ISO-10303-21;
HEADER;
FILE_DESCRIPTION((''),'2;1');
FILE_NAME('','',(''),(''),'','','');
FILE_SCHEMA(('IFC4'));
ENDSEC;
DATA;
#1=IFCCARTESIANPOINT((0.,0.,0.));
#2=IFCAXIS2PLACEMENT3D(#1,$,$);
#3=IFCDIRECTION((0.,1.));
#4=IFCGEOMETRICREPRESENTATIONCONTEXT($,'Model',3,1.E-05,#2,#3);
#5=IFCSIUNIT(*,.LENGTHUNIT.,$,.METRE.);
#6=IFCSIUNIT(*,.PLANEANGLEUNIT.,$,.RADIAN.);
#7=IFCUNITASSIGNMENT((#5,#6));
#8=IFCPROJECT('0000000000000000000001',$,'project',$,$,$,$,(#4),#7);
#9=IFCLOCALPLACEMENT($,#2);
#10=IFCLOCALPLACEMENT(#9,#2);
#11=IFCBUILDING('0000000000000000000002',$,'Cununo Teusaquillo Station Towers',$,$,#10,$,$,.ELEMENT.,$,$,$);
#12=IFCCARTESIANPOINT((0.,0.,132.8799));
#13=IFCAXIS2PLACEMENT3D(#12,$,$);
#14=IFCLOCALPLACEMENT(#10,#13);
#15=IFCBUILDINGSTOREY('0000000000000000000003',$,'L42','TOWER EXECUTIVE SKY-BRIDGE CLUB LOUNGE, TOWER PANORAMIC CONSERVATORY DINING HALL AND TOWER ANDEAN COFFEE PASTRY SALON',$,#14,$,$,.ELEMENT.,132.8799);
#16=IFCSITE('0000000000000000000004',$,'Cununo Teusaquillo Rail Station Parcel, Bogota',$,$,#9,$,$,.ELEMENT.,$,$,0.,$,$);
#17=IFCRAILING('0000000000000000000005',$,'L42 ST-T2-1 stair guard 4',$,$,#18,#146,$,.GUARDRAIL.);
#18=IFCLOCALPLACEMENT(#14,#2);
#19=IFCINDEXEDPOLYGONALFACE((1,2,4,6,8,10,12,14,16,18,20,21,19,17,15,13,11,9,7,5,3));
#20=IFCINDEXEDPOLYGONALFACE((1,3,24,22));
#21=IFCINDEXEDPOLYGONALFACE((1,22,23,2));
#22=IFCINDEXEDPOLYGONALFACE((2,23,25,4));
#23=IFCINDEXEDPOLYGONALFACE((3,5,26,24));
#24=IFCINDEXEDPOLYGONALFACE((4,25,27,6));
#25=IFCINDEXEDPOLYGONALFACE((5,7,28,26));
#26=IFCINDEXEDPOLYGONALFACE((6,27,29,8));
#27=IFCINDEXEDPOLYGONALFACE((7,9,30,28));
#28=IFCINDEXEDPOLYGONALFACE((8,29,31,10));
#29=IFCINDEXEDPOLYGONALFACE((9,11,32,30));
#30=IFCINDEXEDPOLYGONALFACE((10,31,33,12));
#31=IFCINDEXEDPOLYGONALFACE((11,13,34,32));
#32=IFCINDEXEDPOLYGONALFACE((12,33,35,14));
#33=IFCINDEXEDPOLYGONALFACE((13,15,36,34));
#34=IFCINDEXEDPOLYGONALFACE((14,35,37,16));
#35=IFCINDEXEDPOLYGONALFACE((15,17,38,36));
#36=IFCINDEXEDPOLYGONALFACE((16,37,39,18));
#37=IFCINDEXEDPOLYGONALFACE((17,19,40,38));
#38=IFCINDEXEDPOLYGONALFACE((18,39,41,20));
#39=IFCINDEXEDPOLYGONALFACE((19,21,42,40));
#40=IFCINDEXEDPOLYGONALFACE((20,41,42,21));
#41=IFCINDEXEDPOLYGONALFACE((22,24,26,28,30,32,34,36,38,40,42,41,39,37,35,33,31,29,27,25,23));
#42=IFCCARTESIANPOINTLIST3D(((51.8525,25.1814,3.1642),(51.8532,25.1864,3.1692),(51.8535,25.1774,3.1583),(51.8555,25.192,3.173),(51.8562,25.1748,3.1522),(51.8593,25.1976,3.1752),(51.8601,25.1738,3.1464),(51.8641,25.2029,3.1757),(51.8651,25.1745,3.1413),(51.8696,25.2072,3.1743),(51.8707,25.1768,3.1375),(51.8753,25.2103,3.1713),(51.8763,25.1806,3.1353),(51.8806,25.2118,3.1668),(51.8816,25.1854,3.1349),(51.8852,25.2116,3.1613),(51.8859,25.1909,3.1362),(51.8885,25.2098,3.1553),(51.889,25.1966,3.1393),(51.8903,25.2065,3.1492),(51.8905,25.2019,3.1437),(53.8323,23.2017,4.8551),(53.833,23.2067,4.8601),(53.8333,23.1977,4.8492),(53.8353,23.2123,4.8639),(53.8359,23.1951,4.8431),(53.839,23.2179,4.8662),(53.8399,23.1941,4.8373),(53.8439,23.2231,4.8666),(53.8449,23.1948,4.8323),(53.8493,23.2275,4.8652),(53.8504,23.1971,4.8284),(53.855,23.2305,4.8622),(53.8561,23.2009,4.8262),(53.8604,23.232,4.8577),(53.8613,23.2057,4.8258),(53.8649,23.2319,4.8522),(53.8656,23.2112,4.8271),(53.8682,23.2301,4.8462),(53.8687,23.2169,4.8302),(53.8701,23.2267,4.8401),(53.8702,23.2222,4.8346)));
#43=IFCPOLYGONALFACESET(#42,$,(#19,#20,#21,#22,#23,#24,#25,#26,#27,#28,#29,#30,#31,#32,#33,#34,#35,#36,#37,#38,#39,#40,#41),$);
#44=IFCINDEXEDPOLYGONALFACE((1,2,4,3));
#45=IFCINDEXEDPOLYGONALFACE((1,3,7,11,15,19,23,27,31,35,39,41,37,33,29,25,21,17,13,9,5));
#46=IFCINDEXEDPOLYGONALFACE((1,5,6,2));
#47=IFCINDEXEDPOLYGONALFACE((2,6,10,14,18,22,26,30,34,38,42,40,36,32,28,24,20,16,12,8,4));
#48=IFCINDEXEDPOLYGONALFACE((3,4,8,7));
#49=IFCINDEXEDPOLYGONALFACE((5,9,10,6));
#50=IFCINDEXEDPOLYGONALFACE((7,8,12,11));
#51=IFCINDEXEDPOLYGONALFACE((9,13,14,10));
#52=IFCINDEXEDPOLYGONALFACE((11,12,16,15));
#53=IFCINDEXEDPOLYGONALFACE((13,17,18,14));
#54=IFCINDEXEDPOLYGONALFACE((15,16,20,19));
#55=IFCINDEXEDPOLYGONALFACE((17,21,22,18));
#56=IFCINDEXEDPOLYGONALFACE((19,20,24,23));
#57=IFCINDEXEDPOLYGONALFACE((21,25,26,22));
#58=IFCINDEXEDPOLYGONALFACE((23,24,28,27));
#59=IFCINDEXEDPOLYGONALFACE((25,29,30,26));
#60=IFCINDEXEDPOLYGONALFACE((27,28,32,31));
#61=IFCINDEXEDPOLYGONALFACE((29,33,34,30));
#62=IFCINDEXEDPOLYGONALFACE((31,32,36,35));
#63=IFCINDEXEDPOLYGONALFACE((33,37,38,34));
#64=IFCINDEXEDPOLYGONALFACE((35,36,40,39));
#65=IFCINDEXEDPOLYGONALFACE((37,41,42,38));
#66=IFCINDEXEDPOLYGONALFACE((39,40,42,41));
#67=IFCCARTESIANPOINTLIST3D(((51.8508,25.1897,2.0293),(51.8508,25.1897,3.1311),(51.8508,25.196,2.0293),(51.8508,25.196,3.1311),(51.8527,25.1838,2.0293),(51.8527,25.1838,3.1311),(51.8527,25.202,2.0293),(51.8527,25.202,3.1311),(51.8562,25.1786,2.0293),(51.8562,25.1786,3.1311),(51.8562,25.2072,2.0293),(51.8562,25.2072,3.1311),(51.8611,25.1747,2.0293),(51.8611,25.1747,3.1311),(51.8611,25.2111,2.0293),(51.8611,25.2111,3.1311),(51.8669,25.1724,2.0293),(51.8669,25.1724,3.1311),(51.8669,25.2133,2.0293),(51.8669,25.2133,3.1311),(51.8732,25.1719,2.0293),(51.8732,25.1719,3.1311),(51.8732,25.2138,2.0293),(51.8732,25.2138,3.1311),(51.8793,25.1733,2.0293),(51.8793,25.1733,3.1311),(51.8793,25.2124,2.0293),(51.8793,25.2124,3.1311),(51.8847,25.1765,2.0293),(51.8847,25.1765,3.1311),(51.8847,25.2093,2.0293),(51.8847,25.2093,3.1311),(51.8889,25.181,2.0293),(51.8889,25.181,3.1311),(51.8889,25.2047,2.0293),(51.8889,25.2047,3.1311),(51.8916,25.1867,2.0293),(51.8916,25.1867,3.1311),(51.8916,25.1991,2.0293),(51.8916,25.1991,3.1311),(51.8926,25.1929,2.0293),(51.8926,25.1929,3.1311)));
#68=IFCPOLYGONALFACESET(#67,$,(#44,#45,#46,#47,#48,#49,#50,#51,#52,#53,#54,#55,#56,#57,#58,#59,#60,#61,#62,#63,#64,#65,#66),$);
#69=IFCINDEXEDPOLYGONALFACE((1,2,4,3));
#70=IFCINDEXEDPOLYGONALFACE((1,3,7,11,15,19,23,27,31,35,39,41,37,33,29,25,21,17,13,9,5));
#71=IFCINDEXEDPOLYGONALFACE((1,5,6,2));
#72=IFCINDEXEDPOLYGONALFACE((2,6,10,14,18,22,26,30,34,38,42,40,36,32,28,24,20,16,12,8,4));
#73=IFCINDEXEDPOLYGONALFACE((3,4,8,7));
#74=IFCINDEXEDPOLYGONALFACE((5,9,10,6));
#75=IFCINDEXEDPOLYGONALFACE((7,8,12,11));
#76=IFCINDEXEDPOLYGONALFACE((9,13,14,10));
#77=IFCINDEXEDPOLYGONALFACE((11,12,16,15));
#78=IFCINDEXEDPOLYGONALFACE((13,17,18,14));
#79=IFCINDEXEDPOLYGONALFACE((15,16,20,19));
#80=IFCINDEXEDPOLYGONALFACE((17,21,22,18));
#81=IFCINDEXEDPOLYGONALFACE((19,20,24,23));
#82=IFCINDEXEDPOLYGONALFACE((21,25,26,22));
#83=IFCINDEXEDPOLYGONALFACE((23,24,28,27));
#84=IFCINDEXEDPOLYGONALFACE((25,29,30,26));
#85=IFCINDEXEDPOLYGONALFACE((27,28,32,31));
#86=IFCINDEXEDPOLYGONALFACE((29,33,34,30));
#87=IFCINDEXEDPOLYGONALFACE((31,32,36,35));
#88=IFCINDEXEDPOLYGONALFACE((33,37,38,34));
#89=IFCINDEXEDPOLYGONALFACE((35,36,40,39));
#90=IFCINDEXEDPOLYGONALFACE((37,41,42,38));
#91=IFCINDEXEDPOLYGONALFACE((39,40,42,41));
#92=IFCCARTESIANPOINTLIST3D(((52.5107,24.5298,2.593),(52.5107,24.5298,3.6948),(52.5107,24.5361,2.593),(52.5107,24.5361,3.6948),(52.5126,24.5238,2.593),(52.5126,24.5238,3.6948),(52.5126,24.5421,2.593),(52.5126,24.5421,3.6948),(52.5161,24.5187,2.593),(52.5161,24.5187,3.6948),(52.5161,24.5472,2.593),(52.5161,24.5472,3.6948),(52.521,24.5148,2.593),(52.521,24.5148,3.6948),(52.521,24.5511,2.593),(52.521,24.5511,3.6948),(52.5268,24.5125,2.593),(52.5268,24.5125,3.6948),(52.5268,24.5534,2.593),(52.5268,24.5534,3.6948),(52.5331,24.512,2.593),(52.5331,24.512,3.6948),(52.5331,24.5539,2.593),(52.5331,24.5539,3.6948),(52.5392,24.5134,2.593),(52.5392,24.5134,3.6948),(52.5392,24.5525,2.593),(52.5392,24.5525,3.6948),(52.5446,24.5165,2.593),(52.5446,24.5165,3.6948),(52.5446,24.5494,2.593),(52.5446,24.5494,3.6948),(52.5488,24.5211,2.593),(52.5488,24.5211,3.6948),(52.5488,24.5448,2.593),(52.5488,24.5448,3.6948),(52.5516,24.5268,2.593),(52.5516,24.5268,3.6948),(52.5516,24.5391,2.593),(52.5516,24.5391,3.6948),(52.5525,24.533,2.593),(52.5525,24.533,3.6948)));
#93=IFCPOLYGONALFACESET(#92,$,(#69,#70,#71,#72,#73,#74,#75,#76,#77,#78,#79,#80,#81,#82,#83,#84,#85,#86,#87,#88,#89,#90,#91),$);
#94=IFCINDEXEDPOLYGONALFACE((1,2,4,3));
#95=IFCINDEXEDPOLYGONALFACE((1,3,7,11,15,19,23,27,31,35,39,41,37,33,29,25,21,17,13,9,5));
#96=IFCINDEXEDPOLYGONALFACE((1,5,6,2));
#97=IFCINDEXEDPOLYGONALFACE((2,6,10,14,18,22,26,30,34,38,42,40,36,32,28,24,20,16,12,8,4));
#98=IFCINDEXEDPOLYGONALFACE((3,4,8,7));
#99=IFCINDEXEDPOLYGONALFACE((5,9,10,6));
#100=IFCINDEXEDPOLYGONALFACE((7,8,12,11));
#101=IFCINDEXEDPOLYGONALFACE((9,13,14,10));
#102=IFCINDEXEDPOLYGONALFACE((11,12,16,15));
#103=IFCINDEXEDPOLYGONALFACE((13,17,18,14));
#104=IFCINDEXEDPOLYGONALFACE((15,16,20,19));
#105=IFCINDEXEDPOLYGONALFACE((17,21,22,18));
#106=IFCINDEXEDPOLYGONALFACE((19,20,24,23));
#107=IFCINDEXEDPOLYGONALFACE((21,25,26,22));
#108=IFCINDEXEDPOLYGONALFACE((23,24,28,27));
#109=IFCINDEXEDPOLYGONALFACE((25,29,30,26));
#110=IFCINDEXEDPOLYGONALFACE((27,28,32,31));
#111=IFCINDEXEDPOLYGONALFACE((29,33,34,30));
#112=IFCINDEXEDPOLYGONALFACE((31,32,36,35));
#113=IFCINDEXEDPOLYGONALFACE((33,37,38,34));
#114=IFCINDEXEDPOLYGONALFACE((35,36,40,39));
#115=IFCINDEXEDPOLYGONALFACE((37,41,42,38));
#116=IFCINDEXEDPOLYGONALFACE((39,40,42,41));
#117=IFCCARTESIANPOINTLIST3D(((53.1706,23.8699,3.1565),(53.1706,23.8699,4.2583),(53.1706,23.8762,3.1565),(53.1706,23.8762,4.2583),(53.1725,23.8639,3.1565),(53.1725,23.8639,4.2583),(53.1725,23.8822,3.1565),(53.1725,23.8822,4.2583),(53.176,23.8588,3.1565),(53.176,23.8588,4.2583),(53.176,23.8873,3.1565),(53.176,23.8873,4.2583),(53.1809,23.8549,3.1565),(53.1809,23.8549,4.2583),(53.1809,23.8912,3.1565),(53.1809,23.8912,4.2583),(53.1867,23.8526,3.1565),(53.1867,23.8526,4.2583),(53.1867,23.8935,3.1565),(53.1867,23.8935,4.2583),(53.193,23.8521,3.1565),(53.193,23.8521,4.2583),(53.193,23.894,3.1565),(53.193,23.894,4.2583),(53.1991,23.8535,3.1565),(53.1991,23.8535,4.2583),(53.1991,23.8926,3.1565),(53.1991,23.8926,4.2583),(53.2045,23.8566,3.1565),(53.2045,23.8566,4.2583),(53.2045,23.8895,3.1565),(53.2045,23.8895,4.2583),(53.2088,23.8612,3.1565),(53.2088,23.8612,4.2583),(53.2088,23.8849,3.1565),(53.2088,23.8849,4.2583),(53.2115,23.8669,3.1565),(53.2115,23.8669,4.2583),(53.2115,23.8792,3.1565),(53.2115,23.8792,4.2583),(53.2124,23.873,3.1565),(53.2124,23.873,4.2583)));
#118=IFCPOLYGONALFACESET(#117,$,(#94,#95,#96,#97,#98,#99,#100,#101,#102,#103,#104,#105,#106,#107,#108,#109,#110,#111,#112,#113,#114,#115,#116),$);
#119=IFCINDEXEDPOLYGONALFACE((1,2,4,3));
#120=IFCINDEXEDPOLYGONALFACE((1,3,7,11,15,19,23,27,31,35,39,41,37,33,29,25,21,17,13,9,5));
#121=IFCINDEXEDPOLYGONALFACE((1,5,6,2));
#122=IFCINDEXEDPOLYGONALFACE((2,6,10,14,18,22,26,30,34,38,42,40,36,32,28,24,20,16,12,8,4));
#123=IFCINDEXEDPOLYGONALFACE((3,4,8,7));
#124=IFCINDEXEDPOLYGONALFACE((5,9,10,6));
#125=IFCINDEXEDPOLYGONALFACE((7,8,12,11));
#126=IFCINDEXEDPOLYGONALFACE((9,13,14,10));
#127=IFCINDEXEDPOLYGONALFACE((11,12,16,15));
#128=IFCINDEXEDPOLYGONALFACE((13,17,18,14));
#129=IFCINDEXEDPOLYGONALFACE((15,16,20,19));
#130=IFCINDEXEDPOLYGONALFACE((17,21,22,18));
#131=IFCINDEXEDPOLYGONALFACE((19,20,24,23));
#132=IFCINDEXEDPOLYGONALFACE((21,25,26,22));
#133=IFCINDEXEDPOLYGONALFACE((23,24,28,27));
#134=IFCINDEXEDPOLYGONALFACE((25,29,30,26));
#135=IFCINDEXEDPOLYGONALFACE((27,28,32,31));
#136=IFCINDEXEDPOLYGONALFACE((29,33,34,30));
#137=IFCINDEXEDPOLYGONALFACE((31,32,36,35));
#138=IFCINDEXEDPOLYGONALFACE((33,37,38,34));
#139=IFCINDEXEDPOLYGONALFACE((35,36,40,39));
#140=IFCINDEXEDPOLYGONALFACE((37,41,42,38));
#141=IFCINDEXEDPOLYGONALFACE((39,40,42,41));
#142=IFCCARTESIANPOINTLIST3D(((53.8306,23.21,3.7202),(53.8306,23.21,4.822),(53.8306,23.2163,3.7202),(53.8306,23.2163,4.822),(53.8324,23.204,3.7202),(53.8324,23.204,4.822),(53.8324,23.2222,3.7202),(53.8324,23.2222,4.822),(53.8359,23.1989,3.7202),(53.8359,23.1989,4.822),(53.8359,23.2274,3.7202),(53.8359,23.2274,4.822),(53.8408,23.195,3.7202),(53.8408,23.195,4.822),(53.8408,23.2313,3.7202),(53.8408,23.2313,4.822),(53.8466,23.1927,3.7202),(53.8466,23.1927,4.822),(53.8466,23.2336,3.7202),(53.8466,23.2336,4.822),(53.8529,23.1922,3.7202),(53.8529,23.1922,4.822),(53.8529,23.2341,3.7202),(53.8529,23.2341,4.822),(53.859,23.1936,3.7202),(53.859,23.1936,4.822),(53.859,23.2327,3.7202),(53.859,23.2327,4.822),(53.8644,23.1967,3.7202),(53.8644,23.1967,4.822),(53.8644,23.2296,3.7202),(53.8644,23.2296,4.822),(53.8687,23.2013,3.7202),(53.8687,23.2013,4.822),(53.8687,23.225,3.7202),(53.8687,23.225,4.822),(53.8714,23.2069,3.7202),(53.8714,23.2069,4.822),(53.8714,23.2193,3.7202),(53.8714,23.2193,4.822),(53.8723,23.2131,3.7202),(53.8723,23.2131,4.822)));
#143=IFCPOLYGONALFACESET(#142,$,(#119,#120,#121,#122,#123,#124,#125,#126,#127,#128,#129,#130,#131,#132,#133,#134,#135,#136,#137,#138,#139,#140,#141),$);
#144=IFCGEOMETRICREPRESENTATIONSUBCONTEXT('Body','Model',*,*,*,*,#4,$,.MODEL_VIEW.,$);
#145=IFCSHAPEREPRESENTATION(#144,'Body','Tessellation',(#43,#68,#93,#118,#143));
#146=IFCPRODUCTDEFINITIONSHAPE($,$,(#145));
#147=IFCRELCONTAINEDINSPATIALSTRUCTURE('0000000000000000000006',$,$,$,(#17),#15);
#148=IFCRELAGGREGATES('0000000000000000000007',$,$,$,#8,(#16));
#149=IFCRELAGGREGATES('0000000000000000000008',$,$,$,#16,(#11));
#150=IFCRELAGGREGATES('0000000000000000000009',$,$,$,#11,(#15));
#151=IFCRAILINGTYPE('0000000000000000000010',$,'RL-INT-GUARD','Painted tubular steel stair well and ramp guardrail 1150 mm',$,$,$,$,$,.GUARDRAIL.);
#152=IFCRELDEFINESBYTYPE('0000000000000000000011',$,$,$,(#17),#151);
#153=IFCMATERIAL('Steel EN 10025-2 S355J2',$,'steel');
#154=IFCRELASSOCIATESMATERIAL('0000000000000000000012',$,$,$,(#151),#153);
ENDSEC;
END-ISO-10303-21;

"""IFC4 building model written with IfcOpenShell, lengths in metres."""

from ifc_helpers import new_model, si_unit, direction, frame, origin, origin_2d, place, context, subcontext, project, spatial, circle, extrude, material, type_object, element, save


model = new_model("IFC4")

# Units and contexts
model_context = context("Model", 3, precision=1e-05, world=origin(), true_north=direction((0.0, 1.0)))
body_context = subcontext(model_context, "Body", "Model", "MODEL_VIEW")
ifc_project = project(units=[si_unit("LENGTHUNIT", "METRE"), si_unit("PLANEANGLEUNIT", "RADIAN")], contexts=[model_context])

# Site, building, storey
site_placement = place(None, origin())
site = spatial("IfcSite", under=ifc_project, at=site_placement, Name="Cununo Teusaquillo Rail Station Parcel, Bogota", CompositionType="ELEMENT", RefElevation=0.0)
building_placement = place(site_placement, origin())
building = spatial("IfcBuilding", under=site, at=building_placement, Name="Cununo Teusaquillo Station Towers", CompositionType="ELEMENT")
storey_placement = place(building_placement, frame((0.0, 0.0, 132.8799)))
storey = spatial("IfcBuildingStorey", under=building, at=storey_placement, Name="L42", Description="TOWER EXECUTIVE SKY-BRIDGE CLUB LOUNGE, TOWER PANORAMIC CONSERVATORY DINING HALL AND TOWER ANDEAN COFFEE PASTRY SALON", CompositionType="ELEMENT", Elevation=132.8799)

# Railing
ifc_material_1 = material(Name="Steel EN 10025-2 S355J2", Category="steel")
railing_type_1 = type_object("IfcRailingType", Name="RL-INT-GUARD", Description="Painted tubular steel stair well and ramp guardrail 1150 mm", PredefinedType="GUARDRAIL", material=ifc_material_1)
railing_1_placement = place(storey_placement, frame((51.8716, 25.1929, 2.0293)))
element("IfcRailing", 1, at=railing_1_placement, inside=storey, type_object=railing_type_1, Name="L42 ST-T2-1 stair guard 4", PredefinedType="GUARDRAIL", context=body_context, shape_type="SweptSolid", body=[
    extrude(circle(Radius=0.0239, at=origin_2d()), frame((0.0, 0.0, 1.126), z_axis=(0.605282, -0.605282, 0.516979), x_axis=(0.707107, 0.707107, 0.0)), (0.0, 0.0, 1.0), 3.2708),
    extrude(circle(Radius=0.021, at=origin_2d()), origin(), (0.0, 0.0, 1.0), 1.1018),
    extrude(circle(Radius=0.021, at=origin_2d()), frame((0.6599, -0.6599, 0.5637)), (0.0, 0.0, 1.0), 1.1018),
    extrude(circle(Radius=0.021, at=origin_2d()), frame((1.3198, -1.3198, 1.1272)), (0.0, 0.0, 1.0), 1.1018),
    extrude(circle(Radius=0.021, at=origin_2d()), frame((1.9797, -1.9797, 1.6909)), (0.0, 0.0, 1.0), 1.1018),
])

save(model, "model.ifc")
